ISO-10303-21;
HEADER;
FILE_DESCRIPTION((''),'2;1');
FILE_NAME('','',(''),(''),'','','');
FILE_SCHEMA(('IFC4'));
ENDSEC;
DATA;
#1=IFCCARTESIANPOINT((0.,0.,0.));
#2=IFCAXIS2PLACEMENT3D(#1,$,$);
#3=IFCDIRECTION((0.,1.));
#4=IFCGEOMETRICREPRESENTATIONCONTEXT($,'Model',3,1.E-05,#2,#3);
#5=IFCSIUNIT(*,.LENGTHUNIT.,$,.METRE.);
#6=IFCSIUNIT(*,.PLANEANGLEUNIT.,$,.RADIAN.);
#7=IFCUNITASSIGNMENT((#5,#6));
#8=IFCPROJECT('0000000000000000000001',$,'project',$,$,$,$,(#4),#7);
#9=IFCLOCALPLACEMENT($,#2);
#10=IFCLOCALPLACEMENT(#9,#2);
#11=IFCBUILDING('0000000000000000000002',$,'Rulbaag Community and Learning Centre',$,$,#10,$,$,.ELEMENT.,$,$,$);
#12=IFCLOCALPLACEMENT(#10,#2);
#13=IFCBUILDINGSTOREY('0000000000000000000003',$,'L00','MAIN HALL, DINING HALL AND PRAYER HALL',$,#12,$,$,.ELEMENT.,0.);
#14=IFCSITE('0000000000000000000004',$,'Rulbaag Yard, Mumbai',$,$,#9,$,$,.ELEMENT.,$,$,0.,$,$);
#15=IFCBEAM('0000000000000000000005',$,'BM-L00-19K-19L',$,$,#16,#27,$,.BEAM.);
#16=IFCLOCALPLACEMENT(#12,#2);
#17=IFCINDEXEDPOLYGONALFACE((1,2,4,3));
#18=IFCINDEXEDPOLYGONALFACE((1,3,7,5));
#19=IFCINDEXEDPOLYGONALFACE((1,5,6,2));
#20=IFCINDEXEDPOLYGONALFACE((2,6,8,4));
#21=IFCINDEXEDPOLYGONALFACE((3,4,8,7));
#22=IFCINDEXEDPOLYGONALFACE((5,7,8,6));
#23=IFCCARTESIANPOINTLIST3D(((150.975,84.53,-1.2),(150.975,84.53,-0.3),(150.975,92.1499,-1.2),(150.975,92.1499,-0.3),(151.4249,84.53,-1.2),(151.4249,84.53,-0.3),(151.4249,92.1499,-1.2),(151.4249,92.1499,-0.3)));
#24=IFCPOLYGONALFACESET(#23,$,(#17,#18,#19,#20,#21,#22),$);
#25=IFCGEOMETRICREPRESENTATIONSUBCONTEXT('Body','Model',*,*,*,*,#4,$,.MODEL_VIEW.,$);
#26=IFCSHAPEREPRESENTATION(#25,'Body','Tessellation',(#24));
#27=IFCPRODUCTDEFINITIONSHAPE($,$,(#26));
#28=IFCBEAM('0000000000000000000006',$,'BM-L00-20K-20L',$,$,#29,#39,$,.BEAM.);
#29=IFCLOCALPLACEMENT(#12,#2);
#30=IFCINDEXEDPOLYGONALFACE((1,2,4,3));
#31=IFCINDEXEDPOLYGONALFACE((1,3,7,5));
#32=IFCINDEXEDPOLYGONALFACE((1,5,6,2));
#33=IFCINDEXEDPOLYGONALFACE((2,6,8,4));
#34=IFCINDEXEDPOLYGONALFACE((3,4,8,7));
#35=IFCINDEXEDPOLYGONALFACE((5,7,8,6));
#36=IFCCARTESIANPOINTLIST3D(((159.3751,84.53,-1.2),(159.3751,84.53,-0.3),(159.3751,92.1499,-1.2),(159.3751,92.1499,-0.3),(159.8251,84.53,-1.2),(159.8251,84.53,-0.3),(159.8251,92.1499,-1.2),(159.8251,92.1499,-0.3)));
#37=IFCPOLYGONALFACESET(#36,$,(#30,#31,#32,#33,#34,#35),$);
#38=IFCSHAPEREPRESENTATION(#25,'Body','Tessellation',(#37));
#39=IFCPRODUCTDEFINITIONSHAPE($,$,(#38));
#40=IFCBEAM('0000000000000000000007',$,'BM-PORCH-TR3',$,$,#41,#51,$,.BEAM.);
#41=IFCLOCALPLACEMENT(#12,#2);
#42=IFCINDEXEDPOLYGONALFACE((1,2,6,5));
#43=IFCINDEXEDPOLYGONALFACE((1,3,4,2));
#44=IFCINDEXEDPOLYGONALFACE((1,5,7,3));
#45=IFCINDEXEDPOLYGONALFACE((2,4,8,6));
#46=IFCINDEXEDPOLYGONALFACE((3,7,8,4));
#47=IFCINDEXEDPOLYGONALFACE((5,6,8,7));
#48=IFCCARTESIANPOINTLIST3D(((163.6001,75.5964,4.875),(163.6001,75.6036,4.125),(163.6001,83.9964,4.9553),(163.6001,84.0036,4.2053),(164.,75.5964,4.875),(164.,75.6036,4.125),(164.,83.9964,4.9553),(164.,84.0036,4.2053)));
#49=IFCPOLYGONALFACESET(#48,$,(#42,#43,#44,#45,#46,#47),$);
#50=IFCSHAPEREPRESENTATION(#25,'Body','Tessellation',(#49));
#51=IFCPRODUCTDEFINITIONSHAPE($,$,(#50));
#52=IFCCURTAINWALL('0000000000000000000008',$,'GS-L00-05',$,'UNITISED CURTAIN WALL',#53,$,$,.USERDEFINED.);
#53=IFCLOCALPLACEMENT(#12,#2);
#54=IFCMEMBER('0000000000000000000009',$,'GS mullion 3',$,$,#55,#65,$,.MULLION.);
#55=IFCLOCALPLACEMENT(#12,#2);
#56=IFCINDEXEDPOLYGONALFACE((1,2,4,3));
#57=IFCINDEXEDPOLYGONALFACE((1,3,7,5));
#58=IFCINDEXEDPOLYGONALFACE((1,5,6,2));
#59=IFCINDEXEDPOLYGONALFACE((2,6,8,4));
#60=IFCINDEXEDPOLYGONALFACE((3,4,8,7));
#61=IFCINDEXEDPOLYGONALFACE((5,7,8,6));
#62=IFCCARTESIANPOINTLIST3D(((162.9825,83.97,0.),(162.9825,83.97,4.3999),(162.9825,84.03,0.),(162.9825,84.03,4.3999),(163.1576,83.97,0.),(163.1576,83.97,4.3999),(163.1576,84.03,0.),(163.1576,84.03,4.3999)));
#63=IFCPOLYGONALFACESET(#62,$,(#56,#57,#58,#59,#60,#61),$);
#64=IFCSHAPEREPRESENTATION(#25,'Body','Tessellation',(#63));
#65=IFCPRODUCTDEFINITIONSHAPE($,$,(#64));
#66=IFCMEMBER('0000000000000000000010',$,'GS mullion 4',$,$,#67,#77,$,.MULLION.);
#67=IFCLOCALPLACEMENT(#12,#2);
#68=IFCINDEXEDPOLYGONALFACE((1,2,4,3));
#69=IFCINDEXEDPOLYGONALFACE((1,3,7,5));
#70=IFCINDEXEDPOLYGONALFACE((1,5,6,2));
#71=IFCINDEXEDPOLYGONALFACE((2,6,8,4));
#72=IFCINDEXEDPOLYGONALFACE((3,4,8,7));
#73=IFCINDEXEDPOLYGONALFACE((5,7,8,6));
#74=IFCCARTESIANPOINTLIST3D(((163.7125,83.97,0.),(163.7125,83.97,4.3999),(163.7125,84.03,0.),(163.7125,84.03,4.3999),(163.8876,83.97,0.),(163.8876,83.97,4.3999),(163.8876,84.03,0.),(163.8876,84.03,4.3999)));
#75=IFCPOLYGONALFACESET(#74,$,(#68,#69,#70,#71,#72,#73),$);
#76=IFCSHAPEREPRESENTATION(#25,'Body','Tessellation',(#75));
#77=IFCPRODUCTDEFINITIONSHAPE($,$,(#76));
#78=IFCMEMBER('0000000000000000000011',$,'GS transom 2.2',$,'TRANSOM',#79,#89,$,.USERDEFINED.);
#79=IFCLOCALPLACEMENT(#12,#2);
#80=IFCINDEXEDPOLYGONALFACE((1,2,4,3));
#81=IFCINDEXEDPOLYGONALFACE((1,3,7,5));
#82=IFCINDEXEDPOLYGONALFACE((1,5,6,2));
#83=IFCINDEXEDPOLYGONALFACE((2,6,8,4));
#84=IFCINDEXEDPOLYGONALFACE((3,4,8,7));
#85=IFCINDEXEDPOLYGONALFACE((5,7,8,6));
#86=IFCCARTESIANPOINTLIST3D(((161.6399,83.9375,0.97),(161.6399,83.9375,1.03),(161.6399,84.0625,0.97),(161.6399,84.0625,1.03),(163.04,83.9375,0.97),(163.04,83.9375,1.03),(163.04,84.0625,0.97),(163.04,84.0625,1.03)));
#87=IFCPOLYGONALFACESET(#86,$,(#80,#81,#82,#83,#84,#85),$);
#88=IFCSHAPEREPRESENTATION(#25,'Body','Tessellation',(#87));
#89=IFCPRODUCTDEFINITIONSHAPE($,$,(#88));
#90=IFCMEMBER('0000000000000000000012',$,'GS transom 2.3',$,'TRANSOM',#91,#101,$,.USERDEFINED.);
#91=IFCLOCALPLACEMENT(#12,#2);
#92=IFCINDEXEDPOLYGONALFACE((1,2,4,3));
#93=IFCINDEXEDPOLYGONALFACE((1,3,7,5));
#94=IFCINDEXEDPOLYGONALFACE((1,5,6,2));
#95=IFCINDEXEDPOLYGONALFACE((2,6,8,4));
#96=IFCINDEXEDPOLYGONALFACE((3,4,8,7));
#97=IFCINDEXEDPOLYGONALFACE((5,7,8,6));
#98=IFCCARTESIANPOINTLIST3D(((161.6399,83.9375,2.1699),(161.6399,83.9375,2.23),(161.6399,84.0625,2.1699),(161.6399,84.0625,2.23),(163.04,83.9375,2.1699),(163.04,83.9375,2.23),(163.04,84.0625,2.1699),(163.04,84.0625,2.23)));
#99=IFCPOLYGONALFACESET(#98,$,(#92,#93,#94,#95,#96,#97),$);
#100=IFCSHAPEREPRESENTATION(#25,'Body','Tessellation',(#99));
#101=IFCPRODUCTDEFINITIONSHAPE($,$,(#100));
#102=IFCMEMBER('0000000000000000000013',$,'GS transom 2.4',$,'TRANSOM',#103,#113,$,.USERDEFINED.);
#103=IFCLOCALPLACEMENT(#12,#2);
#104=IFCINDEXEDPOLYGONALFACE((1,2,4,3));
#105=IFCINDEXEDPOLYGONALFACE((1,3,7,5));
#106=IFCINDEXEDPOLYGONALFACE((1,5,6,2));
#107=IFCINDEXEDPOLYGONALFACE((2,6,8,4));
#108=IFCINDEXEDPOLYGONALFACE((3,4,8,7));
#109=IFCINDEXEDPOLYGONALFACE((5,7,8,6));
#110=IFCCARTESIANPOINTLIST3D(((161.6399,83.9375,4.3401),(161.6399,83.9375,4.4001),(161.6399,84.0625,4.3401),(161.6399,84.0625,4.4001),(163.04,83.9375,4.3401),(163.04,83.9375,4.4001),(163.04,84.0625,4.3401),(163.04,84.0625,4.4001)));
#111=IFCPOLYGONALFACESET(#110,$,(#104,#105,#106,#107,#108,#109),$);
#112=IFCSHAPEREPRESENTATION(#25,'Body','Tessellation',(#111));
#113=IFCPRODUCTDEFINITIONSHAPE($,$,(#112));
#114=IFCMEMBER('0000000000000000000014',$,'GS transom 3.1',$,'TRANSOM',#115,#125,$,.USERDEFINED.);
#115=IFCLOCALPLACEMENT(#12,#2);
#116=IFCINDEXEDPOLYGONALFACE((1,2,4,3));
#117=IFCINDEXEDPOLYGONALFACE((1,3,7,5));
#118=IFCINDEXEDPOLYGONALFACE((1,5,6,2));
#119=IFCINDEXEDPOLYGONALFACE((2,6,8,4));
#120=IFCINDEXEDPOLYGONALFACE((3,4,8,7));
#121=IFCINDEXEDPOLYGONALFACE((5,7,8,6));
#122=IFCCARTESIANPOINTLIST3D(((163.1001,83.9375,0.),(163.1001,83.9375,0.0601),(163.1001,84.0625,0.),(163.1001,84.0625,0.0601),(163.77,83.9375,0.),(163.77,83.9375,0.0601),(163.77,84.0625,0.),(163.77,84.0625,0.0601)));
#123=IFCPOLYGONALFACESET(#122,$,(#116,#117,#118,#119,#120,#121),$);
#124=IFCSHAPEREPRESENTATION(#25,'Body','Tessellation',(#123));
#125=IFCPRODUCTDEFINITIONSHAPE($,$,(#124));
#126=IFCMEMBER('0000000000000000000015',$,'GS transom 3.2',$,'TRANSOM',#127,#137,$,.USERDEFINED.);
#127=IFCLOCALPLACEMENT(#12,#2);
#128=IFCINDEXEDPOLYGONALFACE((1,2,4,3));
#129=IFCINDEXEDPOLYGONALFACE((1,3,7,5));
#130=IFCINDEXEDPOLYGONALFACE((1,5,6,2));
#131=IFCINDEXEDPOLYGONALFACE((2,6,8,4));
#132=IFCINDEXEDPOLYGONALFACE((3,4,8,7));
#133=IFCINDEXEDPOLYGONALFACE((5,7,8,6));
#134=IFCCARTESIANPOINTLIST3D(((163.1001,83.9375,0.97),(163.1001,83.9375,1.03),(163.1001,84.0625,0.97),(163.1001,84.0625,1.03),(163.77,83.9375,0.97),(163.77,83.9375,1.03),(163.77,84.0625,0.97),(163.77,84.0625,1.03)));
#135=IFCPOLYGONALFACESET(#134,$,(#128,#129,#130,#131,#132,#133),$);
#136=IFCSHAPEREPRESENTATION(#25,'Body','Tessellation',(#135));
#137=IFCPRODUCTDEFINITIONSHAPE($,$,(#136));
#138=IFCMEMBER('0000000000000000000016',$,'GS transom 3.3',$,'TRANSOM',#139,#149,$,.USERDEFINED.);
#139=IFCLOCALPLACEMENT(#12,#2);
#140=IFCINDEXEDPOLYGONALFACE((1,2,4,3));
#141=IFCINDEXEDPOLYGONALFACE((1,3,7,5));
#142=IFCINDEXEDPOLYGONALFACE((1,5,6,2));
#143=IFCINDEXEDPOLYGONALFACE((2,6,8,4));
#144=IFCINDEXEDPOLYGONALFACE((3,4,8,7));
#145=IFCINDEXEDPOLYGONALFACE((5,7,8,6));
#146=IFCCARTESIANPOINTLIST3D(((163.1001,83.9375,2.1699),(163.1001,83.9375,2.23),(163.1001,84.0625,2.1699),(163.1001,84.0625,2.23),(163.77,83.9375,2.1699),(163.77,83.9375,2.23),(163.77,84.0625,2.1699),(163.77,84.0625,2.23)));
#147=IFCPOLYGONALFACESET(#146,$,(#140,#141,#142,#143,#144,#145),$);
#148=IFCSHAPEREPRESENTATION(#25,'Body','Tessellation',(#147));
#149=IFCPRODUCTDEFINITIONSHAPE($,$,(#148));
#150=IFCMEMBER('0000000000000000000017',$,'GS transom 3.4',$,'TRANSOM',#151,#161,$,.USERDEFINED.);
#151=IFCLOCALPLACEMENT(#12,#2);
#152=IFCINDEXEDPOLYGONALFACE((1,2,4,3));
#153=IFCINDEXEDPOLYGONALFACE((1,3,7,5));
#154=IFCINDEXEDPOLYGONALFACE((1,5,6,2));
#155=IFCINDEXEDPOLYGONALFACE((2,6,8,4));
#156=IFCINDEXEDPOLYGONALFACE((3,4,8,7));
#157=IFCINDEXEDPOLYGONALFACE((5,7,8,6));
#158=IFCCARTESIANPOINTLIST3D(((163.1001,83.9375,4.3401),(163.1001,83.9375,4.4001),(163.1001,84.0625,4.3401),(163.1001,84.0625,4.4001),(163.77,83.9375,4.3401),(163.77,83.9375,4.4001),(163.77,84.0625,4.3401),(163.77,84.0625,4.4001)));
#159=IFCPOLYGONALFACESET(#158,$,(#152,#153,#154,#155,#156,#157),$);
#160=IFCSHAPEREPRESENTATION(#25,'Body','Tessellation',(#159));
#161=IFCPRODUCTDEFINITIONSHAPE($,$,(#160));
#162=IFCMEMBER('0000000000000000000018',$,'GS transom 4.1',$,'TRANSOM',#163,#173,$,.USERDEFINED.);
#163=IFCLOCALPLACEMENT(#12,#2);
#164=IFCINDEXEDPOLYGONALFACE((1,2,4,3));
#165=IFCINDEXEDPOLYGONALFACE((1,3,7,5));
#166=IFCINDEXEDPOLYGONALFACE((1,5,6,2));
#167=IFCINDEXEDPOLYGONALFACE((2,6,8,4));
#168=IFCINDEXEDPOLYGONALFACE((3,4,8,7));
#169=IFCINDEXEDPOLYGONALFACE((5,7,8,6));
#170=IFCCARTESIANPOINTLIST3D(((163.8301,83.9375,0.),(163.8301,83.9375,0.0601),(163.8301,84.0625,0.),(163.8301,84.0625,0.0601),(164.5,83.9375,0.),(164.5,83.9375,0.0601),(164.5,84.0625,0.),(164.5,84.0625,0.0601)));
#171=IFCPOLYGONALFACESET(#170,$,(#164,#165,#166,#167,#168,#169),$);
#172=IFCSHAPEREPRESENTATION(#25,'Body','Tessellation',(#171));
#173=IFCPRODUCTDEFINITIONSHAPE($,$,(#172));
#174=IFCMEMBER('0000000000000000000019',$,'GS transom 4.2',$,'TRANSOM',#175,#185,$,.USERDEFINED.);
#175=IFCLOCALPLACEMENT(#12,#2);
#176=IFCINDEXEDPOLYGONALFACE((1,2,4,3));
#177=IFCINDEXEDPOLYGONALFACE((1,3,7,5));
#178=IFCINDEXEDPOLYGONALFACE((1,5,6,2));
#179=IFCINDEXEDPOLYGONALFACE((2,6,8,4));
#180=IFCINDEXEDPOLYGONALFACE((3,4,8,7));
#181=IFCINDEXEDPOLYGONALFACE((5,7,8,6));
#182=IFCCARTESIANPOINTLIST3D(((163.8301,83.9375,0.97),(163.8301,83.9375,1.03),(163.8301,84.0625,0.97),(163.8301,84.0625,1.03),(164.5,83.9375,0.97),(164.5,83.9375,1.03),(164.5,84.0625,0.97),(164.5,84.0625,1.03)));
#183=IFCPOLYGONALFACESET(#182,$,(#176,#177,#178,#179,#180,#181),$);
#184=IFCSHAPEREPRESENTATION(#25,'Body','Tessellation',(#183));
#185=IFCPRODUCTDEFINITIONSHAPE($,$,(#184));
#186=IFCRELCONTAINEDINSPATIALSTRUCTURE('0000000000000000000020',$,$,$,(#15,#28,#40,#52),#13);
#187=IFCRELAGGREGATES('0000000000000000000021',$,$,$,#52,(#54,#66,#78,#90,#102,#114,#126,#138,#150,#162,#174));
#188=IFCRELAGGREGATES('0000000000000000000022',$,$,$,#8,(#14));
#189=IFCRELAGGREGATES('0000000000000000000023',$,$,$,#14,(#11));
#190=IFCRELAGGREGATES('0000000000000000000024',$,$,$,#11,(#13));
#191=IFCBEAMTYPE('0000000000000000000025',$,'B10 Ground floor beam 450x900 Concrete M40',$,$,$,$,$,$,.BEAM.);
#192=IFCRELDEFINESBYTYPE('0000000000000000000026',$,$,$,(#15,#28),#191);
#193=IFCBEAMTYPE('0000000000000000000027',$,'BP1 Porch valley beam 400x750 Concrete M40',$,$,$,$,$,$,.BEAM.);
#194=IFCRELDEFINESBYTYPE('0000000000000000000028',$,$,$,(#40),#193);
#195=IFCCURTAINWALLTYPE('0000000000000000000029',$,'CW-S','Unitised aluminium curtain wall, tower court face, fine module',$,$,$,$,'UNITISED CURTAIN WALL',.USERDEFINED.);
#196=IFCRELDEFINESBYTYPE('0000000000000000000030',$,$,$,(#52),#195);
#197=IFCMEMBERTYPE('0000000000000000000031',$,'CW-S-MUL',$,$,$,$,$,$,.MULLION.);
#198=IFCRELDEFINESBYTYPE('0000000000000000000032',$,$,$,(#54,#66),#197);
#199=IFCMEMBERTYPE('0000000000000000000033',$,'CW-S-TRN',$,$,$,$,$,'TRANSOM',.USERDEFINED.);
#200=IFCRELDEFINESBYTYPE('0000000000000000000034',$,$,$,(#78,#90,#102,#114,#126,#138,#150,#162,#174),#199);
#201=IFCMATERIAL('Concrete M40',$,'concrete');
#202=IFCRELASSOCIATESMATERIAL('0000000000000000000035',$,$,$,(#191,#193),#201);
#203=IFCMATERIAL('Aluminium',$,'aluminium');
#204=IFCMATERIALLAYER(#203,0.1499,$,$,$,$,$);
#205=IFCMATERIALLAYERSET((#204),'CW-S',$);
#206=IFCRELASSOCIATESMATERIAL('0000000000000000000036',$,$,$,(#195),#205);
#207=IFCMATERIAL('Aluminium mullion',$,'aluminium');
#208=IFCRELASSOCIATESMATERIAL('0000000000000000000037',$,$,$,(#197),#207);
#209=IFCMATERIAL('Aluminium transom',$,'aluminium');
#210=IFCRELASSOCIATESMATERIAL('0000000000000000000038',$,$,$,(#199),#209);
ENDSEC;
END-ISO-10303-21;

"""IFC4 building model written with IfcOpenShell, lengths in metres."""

from ifc_helpers import new_model, si_unit, direction, frame, origin, origin_2d, place, context, subcontext, project, spatial, rectangle, extrude, material, layer, layer_set, material_profile, profile_set, type_object, element, aggregate, save


model = new_model("IFC4")

# Units and contexts
model_context = context("Model", 3, precision=1e-05, world=origin(), true_north=direction((0.0, 1.0)))
body_context = subcontext(model_context, "Body", "Model", "MODEL_VIEW")
ifc_project = project(units=[si_unit("LENGTHUNIT", "METRE"), si_unit("PLANEANGLEUNIT", "RADIAN")], contexts=[model_context])

# Site, building, storey
site_placement = place(None, origin())
site = spatial("IfcSite", under=ifc_project, at=site_placement, Name="Rulbaag Yard, Mumbai", CompositionType="ELEMENT", RefElevation=0.0)
building_placement = place(site_placement, origin())
building = spatial("IfcBuilding", under=site, at=building_placement, Name="Rulbaag Community and Learning Centre", CompositionType="ELEMENT")
storey_placement = place(building_placement, origin())
storey = spatial("IfcBuildingStorey", under=building, at=storey_placement, Name="L00", Description="MAIN HALL, DINING HALL AND PRAYER HALL", CompositionType="ELEMENT", Elevation=0.0)

# Beams
ifc_material_1 = material(Name="Concrete M40", Category="concrete")
ifc_material_profile_1 = material_profile(ifc_material_1, rectangle(XDim=0.45, YDim=0.8999, at=origin_2d()), Name="RB450x900")
ifc_profile_set_1 = profile_set([ifc_material_profile_1], Name="Concrete M40")
beam_type_1 = type_object("IfcBeamType", Name="B10 Ground floor beam 450x900 Concrete M40", PredefinedType="BEAM", material=ifc_profile_set_1)
for number, where, z_axis, x_axis, name in (
    (1, (151.2, 84.53, -0.75), (0.0, 1.0, 0.0), (-1.0, 0.0, 0.0), "BM-L00-19K-19L"),
    (2, (159.6001, 84.53, -0.75), (0.0, 1.0, 0.0), (-1.0, 0.0, 0.0), "BM-L00-20K-20L"),
):
    element("IfcBeam", number, at=place(storey_placement, frame(where, z_axis=z_axis, x_axis=x_axis)), inside=storey, type_object=beam_type_1, Name=name, PredefinedType="BEAM", context=body_context, shape_type="SweptSolid", body=[
        extrude(rectangle(XDim=0.45, YDim=0.8999, at=origin_2d()), origin(), (0.0, 0.0, 1.0), 7.6199),
    ])
ifc_material_profile_2 = material_profile(ifc_material_1, rectangle(XDim=0.3999, YDim=0.75, at=origin_2d()), Name="RB400x750")
ifc_profile_set_2 = profile_set([ifc_material_profile_2], Name="Concrete M40")
beam_type_2 = type_object("IfcBeamType", Name="BP1 Porch valley beam 400x750 Concrete M40", PredefinedType="BEAM", material=ifc_profile_set_2)
beam_placement = place(storey_placement, frame((163.8, 84.0, 4.5803), z_axis=(0.0, -0.999954, -0.009562), x_axis=(1.0, 0.0, 0.0)))
element("IfcBeam", 3, at=beam_placement, inside=storey, type_object=beam_type_2, Name="BM-PORCH-TR3", PredefinedType="BEAM", context=body_context, shape_type="SweptSolid", body=[
    extrude(rectangle(XDim=0.3999, YDim=0.75, at=origin_2d()), origin(), (0.0, 0.0, 1.0), 8.4004),
])

# Curtain wall, members
ifc_material_2 = material(Name="Aluminium", Category="aluminium")
ifc_layer_1 = layer(ifc_material_2, 0.1499)
ifc_layer_set_1 = layer_set([ifc_layer_1], Name="CW-S")
curtain_wall_type_1 = type_object("IfcCurtainWallType", Name="CW-S", Description="Unitised aluminium curtain wall, tower court face, fine module", ElementType="UNITISED CURTAIN WALL", PredefinedType="USERDEFINED", material=ifc_layer_set_1)
curtain_wall_1_placement = place(storey_placement, origin())
curtain_wall_1 = element("IfcCurtainWall", 4, at=curtain_wall_1_placement, inside=storey, type_object=curtain_wall_type_1, Name="GS-L00-05", ObjectType="UNITISED CURTAIN WALL", PredefinedType="USERDEFINED")
ifc_material_3 = material(Name="Aluminium mullion", Category="aluminium")
ifc_material_profile_3 = material_profile(ifc_material_3, rectangle(XDim=0.0601, YDim=0.175, at=origin_2d()), Name="AL 60x175")
ifc_profile_set_3 = profile_set([ifc_material_profile_3], Name="Aluminium mullion")
member_type_1 = type_object("IfcMemberType", Name="CW-S-MUL", PredefinedType="MULLION", material=ifc_profile_set_3)
member_1_placement = place(storey_placement, frame((163.0701, 84.0, 0.0), z_axis=(0.0, 0.0, 1.0), x_axis=(0.0, 1.0, 0.0)))
member_1 = element("IfcMember", 5, at=member_1_placement, type_object=member_type_1, Name="GS mullion 3", PredefinedType="MULLION", context=body_context, shape_type="SweptSolid", body=[
    extrude(rectangle(XDim=0.0601, YDim=0.175, at=origin_2d()), origin(), (0.0, 0.0, 1.0), 4.3999),
])
member_2_placement = place(storey_placement, frame((163.8, 84.0, 0.0), z_axis=(0.0, 0.0, 1.0), x_axis=(0.0, 1.0, 0.0)))
member_2 = element("IfcMember", 6, at=member_2_placement, type_object=member_type_1, Name="GS mullion 4", PredefinedType="MULLION", context=body_context, shape_type="SweptSolid", body=[
    extrude(rectangle(XDim=0.0601, YDim=0.175, at=origin_2d()), origin(), (0.0, 0.0, 1.0), 4.3999),
])
ifc_material_4 = material(Name="Aluminium transom", Category="aluminium")
ifc_material_profile_4 = material_profile(ifc_material_4, rectangle(XDim=0.125, YDim=0.0601, at=origin_2d()), Name="AL 60x125 T")
ifc_profile_set_4 = profile_set([ifc_material_profile_4], Name="Aluminium transom")
member_type_2 = type_object("IfcMemberType", Name="CW-S-TRN", ElementType="TRANSOM", PredefinedType="USERDEFINED", material=ifc_profile_set_4)
member_3_placement = place(storey_placement, frame((161.6399, 84.0, 1.0), z_axis=(1.0, 0.0, 0.0), x_axis=(0.0, 1.0, 0.0)))
member_3 = element("IfcMember", 7, at=member_3_placement, type_object=member_type_2, Name="GS transom 2.2", ObjectType="TRANSOM", PredefinedType="USERDEFINED", context=body_context, shape_type="SweptSolid", body=[
    extrude(rectangle(XDim=0.125, YDim=0.0601, at=origin_2d()), origin(), (0.0, 0.0, 1.0), 1.4001),
])
member_4_placement = place(storey_placement, frame((161.6399, 84.0, 2.2), z_axis=(1.0, 0.0, 0.0), x_axis=(0.0, 1.0, 0.0)))
member_4 = element("IfcMember", 8, at=member_4_placement, type_object=member_type_2, Name="GS transom 2.3", ObjectType="TRANSOM", PredefinedType="USERDEFINED", context=body_context, shape_type="SweptSolid", body=[
    extrude(rectangle(XDim=0.125, YDim=0.0601, at=origin_2d()), origin(), (0.0, 0.0, 1.0), 1.4001),
])
member_5_placement = place(storey_placement, frame((161.6399, 84.0, 4.3701), z_axis=(1.0, 0.0, 0.0), x_axis=(0.0, 1.0, 0.0)))
member_5 = element("IfcMember", 9, at=member_5_placement, type_object=member_type_2, Name="GS transom 2.4", ObjectType="TRANSOM", PredefinedType="USERDEFINED", context=body_context, shape_type="SweptSolid", body=[
    extrude(rectangle(XDim=0.125, YDim=0.0601, at=origin_2d()), origin(), (0.0, 0.0, 1.0), 1.4001),
])
member_6_placement = place(storey_placement, frame((163.1001, 84.0, 0.03), z_axis=(1.0, 0.0, 0.0), x_axis=(0.0, 1.0, 0.0)))
member_6 = element("IfcMember", 10, at=member_6_placement, type_object=member_type_2, Name="GS transom 3.1", ObjectType="TRANSOM", PredefinedType="USERDEFINED", context=body_context, shape_type="SweptSolid", body=[
    extrude(rectangle(XDim=0.125, YDim=0.0601, at=origin_2d()), origin(), (0.0, 0.0, 1.0), 0.6699),
])
member_7_placement = place(storey_placement, frame((163.1001, 84.0, 1.0), z_axis=(1.0, 0.0, 0.0), x_axis=(0.0, 1.0, 0.0)))
member_7 = element("IfcMember", 11, at=member_7_placement, type_object=member_type_2, Name="GS transom 3.2", ObjectType="TRANSOM", PredefinedType="USERDEFINED", context=body_context, shape_type="SweptSolid", body=[
    extrude(rectangle(XDim=0.125, YDim=0.0601, at=origin_2d()), origin(), (0.0, 0.0, 1.0), 0.6699),
])
member_8_placement = place(storey_placement, frame((163.1001, 84.0, 2.2), z_axis=(1.0, 0.0, 0.0), x_axis=(0.0, 1.0, 0.0)))
member_8 = element("IfcMember", 12, at=member_8_placement, type_object=member_type_2, Name="GS transom 3.3", ObjectType="TRANSOM", PredefinedType="USERDEFINED", context=body_context, shape_type="SweptSolid", body=[
    extrude(rectangle(XDim=0.125, YDim=0.0601, at=origin_2d()), origin(), (0.0, 0.0, 1.0), 0.6699),
])
member_9_placement = place(storey_placement, frame((163.1001, 84.0, 4.3701), z_axis=(1.0, 0.0, 0.0), x_axis=(0.0, 1.0, 0.0)))
member_9 = element("IfcMember", 13, at=member_9_placement, type_object=member_type_2, Name="GS transom 3.4", ObjectType="TRANSOM", PredefinedType="USERDEFINED", context=body_context, shape_type="SweptSolid", body=[
    extrude(rectangle(XDim=0.125, YDim=0.0601, at=origin_2d()), origin(), (0.0, 0.0, 1.0), 0.6699),
])
member_10_placement = place(storey_placement, frame((163.8301, 84.0, 0.03), z_axis=(1.0, 0.0, 0.0), x_axis=(0.0, 1.0, 0.0)))
member_10 = element("IfcMember", 14, at=member_10_placement, type_object=member_type_2, Name="GS transom 4.1", ObjectType="TRANSOM", PredefinedType="USERDEFINED", context=body_context, shape_type="SweptSolid", body=[
    extrude(rectangle(XDim=0.125, YDim=0.0601, at=origin_2d()), origin(), (0.0, 0.0, 1.0), 0.6699),
])
member_11_placement = place(storey_placement, frame((163.8301, 84.0, 1.0), z_axis=(1.0, 0.0, 0.0), x_axis=(0.0, 1.0, 0.0)))
member_11 = element("IfcMember", 15, at=member_11_placement, type_object=member_type_2, Name="GS transom 4.2", ObjectType="TRANSOM", PredefinedType="USERDEFINED", context=body_context, shape_type="SweptSolid", body=[
    extrude(rectangle(XDim=0.125, YDim=0.0601, at=origin_2d()), origin(), (0.0, 0.0, 1.0), 0.6699),
])

aggregate(curtain_wall_1, [member_1, member_2, member_3, member_4, member_5, member_6, member_7, member_8, member_9, member_10, member_11])

save(model, "model.ifc")
